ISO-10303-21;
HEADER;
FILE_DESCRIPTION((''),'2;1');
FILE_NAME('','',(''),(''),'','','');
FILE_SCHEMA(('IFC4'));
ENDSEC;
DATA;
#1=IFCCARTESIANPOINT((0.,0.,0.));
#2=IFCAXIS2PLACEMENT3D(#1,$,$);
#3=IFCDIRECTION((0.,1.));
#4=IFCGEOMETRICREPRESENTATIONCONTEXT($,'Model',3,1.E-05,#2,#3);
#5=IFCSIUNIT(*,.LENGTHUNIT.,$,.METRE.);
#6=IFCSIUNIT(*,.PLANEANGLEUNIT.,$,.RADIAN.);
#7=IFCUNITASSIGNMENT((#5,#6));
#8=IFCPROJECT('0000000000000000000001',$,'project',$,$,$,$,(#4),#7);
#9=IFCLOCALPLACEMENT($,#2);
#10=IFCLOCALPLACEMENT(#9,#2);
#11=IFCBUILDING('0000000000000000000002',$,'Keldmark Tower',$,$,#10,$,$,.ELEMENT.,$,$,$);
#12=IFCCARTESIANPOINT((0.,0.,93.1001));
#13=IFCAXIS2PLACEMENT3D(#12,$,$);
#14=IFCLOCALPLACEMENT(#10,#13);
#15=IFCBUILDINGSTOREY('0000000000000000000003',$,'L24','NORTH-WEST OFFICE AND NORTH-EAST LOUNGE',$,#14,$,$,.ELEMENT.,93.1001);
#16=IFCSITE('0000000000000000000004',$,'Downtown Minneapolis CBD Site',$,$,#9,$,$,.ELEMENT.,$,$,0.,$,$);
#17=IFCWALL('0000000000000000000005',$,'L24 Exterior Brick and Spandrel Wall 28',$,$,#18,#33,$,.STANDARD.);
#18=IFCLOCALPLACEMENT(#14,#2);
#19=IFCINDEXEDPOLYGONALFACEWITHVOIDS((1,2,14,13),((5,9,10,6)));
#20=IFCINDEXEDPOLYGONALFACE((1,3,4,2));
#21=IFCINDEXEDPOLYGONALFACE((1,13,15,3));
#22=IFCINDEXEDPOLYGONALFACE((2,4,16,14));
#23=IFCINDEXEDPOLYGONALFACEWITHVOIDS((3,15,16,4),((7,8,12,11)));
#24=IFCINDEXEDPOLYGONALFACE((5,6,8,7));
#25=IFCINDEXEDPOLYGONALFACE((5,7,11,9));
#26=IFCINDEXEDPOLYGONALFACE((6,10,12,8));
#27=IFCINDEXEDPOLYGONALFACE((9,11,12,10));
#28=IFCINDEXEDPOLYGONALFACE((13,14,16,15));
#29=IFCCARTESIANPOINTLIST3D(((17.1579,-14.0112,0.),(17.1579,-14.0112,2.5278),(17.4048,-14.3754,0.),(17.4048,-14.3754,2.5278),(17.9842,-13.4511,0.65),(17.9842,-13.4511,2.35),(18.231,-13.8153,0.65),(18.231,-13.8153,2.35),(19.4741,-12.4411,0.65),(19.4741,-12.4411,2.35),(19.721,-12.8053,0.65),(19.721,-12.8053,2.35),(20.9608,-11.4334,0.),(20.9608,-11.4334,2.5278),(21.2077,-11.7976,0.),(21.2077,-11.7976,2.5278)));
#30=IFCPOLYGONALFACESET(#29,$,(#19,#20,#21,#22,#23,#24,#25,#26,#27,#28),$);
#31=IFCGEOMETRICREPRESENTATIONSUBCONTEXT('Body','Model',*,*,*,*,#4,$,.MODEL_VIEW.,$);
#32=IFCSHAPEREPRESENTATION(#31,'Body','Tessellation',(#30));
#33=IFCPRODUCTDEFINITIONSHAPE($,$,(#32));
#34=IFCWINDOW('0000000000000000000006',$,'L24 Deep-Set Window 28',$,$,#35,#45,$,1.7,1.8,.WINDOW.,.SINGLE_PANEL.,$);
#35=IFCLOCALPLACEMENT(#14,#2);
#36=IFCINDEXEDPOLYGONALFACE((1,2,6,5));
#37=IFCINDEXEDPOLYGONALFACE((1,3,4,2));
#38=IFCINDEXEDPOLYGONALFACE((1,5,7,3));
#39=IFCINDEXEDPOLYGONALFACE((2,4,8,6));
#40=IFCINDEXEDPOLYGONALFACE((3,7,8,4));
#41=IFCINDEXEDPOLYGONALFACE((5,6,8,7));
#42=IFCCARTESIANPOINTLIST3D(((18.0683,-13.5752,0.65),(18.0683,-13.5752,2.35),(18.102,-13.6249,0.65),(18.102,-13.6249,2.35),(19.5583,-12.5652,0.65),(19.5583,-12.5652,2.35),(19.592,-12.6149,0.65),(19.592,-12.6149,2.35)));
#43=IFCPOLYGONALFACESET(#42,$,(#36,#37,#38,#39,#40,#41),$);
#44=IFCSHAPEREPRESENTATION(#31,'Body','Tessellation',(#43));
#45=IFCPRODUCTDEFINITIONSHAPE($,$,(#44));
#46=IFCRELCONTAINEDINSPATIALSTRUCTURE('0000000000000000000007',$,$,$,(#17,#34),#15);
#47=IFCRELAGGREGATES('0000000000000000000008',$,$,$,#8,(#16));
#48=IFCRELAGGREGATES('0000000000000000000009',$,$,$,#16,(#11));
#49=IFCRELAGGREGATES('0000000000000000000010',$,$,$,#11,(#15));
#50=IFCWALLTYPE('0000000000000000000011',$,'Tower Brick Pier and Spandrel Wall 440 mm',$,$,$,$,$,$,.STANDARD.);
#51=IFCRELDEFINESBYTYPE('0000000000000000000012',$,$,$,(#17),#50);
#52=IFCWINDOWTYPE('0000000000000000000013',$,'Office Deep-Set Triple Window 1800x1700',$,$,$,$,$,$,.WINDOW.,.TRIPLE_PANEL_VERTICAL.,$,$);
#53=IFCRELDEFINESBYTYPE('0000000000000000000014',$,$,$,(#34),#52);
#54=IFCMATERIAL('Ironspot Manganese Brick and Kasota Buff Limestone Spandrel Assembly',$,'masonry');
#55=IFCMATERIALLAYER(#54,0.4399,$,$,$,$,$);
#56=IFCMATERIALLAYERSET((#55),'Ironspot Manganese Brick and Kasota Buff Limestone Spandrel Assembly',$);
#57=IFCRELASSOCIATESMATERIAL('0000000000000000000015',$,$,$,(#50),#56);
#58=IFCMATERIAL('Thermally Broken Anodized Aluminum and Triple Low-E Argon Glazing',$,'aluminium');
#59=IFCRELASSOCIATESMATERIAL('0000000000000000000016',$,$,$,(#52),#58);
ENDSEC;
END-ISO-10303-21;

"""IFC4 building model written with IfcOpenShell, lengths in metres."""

from ifc_helpers import new_model, si_unit, direction, frame, frame_2d, origin, place, context, subcontext, project, spatial, rectangle, extrude, material, layer, layer_set, type_object, element, fill, save


model = new_model("IFC4")

# Units and contexts
model_context = context("Model", 3, precision=1e-05, world=origin(), true_north=direction((0.0, 1.0)))
body_context = subcontext(model_context, "Body", "Model", "MODEL_VIEW")
ifc_project = project(units=[si_unit("LENGTHUNIT", "METRE"), si_unit("PLANEANGLEUNIT", "RADIAN")], contexts=[model_context])

# Site, building, storey
site_placement = place(None, origin())
site = spatial("IfcSite", under=ifc_project, at=site_placement, Name="Downtown Minneapolis CBD Site", CompositionType="ELEMENT", RefElevation=0.0)
building_placement = place(site_placement, origin())
building = spatial("IfcBuilding", under=site, at=building_placement, Name="Keldmark Tower", CompositionType="ELEMENT")
storey_placement = place(building_placement, frame((0.0, 0.0, 93.1001)))
storey = spatial("IfcBuildingStorey", under=building, at=storey_placement, Name="L24", Description="NORTH-WEST OFFICE AND NORTH-EAST LOUNGE", CompositionType="ELEMENT", Elevation=93.1001)

# Wall, opening, window
ifc_material_1 = material(Name="Ironspot Manganese Brick and Kasota Buff Limestone Spandrel Assembly", Category="masonry")
ifc_layer_1 = layer(ifc_material_1, 0.4399)
ifc_layer_set_1 = layer_set([ifc_layer_1], Name="Ironspot Manganese Brick and Kasota Buff Limestone Spandrel Assembly")
wall_type_1 = type_object("IfcWallType", Name="Tower Brick Pier and Spandrel Wall 440 mm", PredefinedType="STANDARD", material=ifc_layer_set_1)
ifc_material_2 = material(Name="Thermally Broken Anodized Aluminum and Triple Low-E Argon Glazing", Category="aluminium")
window_type = type_object("IfcWindowType", Name="Office Deep-Set Triple Window 1800x1700", PartitioningType="TRIPLE_PANEL_VERTICAL", PredefinedType="WINDOW", material=ifc_material_2)
wall_1_placement = place(storey_placement, frame((21.0842, -11.6155, 0.0), z_axis=(0.0, 0.0, 1.0), x_axis=(-0.82775, -0.561097, 0.0)))
wall_1 = element("IfcWall", 1, at=wall_1_placement, inside=storey, type_object=wall_type_1, Name="L24 Exterior Brick and Spandrel Wall 28", PredefinedType="STANDARD", context=body_context, shape_type="SweptSolid", body=[
    extrude(rectangle(XDim=4.5942, YDim=0.4399, at=frame_2d((2.2971, 0.0))), origin(), (0.0, 0.0, 1.0), 2.5278),
])
opening_1_placement = place(wall_1_placement, frame((1.7961, 0.0, 0.6499)))
opening_1 = element("IfcOpeningElement", 2, at=opening_1_placement, cuts=wall_1, PredefinedType="OPENING", context=body_context, shape_type="SweptSolid", body=[
    extrude(rectangle(XDim=1.8, YDim=1.7, at=frame_2d((0.8999, 0.8501))), frame((0.0, 0.23, 0.0), z_axis=(0.0, -1.0, 0.0), x_axis=(1.0, 0.0, 0.0)), (0.0, 0.0, 1.0), 0.46),
])
window_1_placement = place(opening_1_placement, origin())
window_1 = element("IfcWindow", 3, at=window_1_placement, inside=storey, type_object=window_type, Name="L24 Deep-Set Window 28", OverallHeight=1.7, OverallWidth=1.8, PartitioningType="SINGLE_PANEL", PredefinedType="WINDOW", context=body_context, shape_type="SweptSolid", body=[
    extrude(rectangle(XDim=1.8, YDim=1.7, at=frame_2d((0.8999, 0.8501))), frame((0.0, -0.01, 0.0), z_axis=(0.0, -1.0, 0.0), x_axis=(1.0, 0.0, 0.0)), (0.0, 0.0, 1.0), 0.0601),
])
fill(opening_1, window_1)

save(model, "model.ifc")
